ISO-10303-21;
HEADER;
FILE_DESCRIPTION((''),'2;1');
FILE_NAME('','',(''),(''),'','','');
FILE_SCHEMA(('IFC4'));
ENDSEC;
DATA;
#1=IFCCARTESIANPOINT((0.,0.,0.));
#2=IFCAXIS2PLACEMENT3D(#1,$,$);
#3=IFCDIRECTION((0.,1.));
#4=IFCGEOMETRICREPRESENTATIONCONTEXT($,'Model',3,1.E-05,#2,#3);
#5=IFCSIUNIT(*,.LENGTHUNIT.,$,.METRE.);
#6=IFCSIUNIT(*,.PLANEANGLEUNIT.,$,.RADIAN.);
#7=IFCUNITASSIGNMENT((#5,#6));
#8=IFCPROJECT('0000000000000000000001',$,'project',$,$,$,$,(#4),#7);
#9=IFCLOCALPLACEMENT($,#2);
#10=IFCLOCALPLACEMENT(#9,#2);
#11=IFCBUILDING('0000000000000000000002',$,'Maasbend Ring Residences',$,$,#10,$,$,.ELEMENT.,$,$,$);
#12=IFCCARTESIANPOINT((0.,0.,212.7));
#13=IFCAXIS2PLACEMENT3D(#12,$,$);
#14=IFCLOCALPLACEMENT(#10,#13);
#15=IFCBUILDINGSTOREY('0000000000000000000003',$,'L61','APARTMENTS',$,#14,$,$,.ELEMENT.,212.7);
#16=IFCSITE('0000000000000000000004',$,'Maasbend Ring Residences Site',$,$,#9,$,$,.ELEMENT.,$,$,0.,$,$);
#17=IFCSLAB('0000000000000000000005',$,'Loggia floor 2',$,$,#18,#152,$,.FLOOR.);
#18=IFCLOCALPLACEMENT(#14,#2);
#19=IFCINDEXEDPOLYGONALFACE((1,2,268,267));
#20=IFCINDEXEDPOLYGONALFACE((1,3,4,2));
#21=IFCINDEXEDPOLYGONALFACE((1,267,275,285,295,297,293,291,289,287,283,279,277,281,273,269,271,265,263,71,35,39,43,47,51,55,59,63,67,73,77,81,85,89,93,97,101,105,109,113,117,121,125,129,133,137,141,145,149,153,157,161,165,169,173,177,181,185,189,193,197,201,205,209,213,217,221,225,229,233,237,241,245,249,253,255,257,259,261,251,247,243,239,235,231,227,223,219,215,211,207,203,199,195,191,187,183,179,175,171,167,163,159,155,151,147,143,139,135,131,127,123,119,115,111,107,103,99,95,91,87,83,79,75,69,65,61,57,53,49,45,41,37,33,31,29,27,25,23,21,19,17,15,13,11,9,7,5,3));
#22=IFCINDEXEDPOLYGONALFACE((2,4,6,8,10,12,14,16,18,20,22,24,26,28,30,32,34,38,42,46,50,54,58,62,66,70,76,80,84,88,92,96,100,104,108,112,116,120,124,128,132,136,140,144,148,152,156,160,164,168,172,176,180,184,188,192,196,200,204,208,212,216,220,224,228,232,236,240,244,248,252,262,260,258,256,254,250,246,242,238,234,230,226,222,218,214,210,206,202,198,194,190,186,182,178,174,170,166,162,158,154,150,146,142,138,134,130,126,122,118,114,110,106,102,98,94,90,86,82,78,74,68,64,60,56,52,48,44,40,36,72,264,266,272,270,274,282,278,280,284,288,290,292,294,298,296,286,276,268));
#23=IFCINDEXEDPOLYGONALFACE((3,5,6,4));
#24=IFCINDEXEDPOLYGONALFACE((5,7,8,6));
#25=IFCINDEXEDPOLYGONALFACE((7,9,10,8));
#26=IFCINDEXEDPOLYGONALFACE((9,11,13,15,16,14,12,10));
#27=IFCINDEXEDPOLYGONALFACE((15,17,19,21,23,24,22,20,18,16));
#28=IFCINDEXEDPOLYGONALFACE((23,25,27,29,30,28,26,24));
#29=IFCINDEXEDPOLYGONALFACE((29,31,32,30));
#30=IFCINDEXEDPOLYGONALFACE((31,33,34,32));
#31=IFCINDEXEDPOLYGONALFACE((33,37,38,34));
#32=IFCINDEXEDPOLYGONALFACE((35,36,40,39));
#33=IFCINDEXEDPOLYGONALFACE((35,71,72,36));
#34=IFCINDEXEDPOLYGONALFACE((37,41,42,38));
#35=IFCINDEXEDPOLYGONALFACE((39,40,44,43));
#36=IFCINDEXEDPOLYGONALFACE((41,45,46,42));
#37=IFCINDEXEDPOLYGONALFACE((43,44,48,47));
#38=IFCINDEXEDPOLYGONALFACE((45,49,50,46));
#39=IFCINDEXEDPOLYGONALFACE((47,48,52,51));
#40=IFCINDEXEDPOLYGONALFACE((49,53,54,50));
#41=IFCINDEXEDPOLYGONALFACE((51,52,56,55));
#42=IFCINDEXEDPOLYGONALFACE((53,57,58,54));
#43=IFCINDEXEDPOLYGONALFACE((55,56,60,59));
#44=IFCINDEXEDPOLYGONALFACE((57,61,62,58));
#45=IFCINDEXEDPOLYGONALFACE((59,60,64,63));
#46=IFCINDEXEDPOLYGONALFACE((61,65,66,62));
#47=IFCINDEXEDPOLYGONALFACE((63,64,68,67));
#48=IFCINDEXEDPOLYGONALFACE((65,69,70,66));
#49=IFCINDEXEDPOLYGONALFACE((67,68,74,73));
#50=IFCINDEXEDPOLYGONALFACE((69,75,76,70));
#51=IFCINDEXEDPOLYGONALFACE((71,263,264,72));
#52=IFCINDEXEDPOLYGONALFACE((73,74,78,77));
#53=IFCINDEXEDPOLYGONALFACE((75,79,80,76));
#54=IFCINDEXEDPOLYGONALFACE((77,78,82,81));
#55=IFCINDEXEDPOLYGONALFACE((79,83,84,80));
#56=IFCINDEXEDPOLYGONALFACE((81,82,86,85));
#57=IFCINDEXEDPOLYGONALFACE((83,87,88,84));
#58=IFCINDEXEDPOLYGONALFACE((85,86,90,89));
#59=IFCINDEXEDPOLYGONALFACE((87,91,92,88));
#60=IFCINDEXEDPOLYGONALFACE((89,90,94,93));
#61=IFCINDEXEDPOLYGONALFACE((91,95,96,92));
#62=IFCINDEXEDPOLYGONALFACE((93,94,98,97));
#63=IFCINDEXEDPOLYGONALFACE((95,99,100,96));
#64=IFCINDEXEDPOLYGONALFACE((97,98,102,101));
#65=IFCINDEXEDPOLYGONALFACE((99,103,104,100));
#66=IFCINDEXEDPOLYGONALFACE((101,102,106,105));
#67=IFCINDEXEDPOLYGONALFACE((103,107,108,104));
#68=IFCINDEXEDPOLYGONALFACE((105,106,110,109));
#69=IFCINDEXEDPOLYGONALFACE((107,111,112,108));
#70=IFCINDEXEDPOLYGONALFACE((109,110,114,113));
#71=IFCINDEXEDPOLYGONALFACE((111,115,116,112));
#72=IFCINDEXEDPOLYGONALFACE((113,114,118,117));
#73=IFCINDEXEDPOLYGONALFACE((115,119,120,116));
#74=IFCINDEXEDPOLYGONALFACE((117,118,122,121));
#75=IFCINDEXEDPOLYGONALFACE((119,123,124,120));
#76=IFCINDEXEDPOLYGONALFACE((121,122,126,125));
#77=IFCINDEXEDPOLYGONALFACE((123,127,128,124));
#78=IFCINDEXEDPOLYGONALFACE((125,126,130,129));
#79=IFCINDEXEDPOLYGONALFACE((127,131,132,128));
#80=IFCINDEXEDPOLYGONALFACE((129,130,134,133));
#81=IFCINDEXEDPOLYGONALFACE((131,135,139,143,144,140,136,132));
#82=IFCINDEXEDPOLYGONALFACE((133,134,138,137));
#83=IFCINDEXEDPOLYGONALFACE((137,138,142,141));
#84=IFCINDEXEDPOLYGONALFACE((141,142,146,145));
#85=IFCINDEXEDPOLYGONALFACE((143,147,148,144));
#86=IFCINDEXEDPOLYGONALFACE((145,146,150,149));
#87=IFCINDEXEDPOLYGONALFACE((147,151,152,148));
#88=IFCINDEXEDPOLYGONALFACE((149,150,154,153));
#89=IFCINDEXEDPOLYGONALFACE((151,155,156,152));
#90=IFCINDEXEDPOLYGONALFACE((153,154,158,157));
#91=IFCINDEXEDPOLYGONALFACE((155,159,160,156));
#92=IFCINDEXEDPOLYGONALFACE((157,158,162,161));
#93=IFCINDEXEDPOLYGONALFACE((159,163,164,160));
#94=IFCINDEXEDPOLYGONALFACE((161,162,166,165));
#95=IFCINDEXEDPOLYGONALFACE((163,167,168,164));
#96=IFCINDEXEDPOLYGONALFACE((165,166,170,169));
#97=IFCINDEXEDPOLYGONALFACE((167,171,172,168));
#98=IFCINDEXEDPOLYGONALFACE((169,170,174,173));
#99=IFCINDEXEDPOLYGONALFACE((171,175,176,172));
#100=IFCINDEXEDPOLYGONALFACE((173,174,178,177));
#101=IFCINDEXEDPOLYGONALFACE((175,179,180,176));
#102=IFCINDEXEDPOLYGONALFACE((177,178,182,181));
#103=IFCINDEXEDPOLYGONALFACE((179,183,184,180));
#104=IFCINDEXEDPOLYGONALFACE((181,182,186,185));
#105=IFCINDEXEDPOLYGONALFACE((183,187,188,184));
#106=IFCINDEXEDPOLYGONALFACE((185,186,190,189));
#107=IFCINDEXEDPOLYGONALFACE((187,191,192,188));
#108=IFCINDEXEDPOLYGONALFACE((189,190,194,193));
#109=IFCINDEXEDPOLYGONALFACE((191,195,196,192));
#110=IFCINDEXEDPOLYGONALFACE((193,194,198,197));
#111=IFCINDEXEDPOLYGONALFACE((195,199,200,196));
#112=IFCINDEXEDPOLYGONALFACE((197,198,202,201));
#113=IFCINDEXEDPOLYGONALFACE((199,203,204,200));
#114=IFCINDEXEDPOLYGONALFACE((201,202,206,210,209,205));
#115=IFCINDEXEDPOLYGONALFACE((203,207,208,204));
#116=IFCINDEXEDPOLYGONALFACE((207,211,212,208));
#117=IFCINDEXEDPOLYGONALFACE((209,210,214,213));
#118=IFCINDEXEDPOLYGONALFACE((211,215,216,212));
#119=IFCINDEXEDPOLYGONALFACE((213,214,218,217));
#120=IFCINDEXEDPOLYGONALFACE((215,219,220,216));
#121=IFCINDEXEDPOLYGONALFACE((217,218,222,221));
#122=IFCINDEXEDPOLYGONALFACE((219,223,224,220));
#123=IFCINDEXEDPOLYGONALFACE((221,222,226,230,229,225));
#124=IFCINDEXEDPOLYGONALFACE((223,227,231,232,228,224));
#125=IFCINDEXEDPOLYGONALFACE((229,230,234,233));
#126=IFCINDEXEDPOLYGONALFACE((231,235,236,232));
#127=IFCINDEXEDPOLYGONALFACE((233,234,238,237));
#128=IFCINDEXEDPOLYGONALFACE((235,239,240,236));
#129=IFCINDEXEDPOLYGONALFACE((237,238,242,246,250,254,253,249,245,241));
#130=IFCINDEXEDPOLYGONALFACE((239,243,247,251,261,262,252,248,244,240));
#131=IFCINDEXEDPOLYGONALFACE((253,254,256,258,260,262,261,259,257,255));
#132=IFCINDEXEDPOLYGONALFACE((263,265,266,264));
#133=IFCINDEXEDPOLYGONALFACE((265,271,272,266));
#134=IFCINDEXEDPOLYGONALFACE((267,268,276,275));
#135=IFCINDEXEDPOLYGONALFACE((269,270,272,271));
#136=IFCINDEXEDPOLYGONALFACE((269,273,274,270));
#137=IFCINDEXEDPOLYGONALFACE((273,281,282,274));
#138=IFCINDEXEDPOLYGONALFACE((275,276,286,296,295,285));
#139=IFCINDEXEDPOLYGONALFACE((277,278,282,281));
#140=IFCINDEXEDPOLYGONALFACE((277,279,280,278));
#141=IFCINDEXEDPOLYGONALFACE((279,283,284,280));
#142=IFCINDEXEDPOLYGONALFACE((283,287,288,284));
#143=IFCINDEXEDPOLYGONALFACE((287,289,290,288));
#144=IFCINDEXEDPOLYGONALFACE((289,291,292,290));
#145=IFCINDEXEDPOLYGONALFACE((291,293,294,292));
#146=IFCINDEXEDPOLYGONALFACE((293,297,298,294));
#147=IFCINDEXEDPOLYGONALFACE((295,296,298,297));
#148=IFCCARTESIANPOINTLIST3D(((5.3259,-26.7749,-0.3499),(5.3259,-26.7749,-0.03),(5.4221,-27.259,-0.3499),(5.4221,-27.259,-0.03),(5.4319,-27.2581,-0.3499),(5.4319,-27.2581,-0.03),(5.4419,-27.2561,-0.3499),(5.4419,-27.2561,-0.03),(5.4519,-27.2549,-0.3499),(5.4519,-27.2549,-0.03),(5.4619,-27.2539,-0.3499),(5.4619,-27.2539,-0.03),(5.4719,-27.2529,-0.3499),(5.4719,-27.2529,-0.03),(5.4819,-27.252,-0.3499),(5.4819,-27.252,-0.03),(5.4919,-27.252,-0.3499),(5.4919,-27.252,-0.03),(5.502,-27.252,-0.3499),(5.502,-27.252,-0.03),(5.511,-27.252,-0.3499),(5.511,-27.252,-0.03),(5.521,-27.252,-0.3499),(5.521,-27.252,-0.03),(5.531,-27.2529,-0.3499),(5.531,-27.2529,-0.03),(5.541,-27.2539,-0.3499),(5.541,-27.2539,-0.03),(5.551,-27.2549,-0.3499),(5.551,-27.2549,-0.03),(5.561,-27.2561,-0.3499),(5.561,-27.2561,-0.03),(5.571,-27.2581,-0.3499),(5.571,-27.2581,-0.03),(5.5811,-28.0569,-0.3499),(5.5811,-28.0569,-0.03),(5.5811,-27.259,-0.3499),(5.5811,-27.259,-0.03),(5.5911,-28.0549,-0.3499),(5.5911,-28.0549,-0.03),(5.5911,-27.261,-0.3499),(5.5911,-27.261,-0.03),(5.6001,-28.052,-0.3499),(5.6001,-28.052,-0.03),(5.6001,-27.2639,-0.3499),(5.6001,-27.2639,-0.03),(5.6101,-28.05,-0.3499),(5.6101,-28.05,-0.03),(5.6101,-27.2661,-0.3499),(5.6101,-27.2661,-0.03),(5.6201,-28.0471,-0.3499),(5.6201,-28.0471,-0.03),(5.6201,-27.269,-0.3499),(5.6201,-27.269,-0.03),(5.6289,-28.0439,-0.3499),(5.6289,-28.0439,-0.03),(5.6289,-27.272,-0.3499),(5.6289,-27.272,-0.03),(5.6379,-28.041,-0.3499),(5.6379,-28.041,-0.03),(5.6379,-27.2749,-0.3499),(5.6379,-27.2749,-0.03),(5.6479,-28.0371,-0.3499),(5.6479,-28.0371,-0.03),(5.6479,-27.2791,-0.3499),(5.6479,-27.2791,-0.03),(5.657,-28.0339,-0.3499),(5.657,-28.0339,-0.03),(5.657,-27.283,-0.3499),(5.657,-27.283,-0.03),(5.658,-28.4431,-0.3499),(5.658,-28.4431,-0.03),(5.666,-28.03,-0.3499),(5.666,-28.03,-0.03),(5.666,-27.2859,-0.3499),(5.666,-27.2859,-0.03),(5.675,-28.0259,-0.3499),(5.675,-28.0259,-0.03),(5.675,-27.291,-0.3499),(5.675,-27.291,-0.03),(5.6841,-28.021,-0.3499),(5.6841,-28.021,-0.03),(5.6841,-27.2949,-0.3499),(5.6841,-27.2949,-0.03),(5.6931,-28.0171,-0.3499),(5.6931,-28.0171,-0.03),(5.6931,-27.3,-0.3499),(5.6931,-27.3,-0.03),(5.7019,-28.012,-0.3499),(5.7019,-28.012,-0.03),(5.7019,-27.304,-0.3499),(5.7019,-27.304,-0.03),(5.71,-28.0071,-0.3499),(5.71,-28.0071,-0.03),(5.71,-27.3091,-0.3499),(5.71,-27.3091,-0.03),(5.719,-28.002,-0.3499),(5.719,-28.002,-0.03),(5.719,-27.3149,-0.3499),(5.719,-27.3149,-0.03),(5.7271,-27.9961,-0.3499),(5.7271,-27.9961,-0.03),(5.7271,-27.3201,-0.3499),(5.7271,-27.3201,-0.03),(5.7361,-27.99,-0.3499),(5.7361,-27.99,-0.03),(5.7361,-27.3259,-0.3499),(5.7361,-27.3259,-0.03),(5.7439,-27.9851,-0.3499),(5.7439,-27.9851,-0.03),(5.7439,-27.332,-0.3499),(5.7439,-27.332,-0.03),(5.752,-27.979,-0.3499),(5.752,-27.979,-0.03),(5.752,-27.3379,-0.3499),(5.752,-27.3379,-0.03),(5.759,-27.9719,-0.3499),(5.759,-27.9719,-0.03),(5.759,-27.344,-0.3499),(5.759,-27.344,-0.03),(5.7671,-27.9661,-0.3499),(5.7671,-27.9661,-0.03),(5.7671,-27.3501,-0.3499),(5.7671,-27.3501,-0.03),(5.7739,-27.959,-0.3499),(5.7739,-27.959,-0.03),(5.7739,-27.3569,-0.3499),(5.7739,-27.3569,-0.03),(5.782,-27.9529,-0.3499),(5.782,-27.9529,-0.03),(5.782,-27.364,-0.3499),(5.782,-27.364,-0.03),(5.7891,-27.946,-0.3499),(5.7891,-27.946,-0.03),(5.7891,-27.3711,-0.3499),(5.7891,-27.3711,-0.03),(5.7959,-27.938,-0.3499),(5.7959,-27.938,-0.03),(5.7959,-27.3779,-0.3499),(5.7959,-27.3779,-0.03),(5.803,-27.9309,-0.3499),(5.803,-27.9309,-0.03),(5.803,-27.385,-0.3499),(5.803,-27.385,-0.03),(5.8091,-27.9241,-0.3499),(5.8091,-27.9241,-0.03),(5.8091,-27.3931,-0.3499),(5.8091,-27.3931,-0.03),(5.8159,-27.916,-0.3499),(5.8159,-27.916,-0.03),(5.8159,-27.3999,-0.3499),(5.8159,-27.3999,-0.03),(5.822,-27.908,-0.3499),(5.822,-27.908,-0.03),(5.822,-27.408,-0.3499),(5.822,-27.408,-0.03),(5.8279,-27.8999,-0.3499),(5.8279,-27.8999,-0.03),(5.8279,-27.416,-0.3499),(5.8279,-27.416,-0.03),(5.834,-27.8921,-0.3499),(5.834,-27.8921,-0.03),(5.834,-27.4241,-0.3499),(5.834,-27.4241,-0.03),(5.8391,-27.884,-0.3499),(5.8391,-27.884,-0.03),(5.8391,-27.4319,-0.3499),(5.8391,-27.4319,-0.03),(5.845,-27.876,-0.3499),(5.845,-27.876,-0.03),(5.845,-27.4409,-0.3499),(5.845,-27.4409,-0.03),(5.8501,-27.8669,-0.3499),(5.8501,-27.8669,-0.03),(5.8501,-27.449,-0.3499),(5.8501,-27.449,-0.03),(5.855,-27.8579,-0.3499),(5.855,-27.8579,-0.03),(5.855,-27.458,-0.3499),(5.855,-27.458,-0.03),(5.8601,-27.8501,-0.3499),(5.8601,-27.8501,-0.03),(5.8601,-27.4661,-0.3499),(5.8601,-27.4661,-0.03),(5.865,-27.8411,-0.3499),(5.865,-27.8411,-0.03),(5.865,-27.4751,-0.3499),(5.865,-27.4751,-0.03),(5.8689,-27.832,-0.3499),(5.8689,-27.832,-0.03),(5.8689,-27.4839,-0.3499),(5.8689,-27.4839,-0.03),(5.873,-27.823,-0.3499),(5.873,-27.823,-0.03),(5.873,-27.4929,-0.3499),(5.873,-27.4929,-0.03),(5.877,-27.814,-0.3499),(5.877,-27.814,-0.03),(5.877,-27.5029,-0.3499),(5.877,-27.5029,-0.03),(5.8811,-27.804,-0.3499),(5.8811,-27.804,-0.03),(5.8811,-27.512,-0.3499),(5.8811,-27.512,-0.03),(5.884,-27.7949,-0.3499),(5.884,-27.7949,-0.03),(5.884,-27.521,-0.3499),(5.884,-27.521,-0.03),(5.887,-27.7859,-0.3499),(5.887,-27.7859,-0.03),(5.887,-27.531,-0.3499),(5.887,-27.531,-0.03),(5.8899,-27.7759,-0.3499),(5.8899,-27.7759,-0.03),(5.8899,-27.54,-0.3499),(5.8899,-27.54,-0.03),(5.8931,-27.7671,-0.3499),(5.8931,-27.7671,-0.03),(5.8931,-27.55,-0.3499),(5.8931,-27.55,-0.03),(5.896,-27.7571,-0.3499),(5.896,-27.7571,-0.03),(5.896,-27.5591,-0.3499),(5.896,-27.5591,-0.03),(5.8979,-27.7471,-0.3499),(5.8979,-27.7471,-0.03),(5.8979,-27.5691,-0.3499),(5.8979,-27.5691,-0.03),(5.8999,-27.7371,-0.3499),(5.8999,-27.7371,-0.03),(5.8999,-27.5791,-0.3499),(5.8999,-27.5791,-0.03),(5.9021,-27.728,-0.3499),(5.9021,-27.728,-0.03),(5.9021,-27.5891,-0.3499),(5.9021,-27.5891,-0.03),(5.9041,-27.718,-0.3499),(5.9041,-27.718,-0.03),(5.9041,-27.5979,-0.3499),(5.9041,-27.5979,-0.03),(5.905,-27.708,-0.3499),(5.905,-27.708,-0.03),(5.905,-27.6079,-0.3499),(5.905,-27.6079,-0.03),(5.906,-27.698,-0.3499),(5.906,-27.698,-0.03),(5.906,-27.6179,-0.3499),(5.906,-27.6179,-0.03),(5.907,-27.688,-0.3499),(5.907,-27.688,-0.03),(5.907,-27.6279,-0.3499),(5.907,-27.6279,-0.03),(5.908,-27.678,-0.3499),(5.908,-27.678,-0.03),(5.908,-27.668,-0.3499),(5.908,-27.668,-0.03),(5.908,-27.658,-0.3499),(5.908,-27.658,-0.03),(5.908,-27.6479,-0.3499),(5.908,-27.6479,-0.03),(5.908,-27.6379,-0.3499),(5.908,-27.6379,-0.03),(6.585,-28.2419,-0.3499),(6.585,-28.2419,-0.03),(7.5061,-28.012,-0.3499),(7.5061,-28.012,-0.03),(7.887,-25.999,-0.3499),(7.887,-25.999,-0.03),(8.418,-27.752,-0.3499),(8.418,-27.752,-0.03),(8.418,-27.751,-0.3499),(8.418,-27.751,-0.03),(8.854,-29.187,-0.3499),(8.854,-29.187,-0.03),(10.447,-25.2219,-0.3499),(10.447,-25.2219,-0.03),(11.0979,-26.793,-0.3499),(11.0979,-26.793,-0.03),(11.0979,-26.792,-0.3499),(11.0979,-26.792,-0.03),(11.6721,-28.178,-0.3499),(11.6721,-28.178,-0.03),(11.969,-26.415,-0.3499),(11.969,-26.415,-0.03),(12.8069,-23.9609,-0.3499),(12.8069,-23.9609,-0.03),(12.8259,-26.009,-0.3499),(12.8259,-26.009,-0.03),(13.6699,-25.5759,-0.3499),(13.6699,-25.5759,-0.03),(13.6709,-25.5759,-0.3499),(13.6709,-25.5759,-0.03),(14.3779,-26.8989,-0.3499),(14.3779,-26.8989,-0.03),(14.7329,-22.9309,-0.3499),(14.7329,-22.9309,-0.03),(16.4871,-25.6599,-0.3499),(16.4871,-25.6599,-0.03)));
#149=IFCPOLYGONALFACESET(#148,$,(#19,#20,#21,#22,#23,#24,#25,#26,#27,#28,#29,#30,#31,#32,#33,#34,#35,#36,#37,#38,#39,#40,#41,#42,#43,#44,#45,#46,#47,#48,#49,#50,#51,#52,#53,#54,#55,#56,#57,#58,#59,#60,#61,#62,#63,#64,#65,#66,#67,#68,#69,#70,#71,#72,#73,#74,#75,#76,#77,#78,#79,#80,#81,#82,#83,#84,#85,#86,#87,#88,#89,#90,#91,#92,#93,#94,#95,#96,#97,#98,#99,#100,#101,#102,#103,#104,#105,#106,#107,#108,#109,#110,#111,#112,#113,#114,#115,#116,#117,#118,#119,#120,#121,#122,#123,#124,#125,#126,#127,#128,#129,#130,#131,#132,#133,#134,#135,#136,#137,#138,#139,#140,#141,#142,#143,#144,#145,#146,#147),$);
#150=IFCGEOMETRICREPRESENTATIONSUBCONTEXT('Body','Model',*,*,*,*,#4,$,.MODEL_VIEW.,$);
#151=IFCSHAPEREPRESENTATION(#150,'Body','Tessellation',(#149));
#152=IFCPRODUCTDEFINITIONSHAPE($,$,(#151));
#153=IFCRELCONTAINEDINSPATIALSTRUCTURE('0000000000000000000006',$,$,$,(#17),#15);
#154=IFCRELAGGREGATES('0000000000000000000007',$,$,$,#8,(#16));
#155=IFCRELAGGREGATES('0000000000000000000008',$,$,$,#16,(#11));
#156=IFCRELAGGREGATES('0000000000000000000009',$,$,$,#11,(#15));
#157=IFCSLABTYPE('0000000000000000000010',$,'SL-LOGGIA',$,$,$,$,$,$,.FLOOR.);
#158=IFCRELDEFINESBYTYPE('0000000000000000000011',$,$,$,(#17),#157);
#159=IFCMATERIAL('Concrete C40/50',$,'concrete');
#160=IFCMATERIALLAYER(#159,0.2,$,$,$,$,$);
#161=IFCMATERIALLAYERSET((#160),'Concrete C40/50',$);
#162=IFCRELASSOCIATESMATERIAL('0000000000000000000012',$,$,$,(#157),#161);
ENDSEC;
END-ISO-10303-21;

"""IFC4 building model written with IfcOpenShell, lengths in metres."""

from ifc_helpers import new_model, si_unit, direction, frame, origin, place, context, subcontext, project, spatial, polyline, outline, extrude, material, layer, layer_set, type_object, element, save


model = new_model("IFC4")

# Units and contexts
model_context = context("Model", 3, precision=1e-05, world=origin(), true_north=direction((0.0, 1.0)))
body_context = subcontext(model_context, "Body", "Model", "MODEL_VIEW")
ifc_project = project(units=[si_unit("LENGTHUNIT", "METRE"), si_unit("PLANEANGLEUNIT", "RADIAN")], contexts=[model_context])

# Site, building, storey
site_placement = place(None, origin())
site = spatial("IfcSite", under=ifc_project, at=site_placement, Name="Maasbend Ring Residences Site", CompositionType="ELEMENT", RefElevation=0.0)
building_placement = place(site_placement, origin())
building = spatial("IfcBuilding", under=site, at=building_placement, Name="Maasbend Ring Residences", CompositionType="ELEMENT")
storey_placement = place(building_placement, frame((0.0, 0.0, 212.7)))
storey = spatial("IfcBuildingStorey", under=building, at=storey_placement, Name="L61", Description="APARTMENTS", CompositionType="ELEMENT", Elevation=212.7)

# Slab
ifc_material_1 = material(Name="Concrete C40/50", Category="concrete")
ifc_layer_1 = layer(ifc_material_1, 0.2)
ifc_layer_set_1 = layer_set([ifc_layer_1], Name="Concrete C40/50")
slab_type = type_object("IfcSlabType", Name="SL-LOGGIA", PredefinedType="FLOOR", material=ifc_layer_set_1)
slab_1_placement = place(storey_placement, frame((0.0, 0.0, -0.3499)))
element("IfcSlab", 1, at=slab_1_placement, inside=storey, type_object=slab_type, Name="Loggia floor 2", PredefinedType="FLOOR", context=body_context, shape_type="SweptSolid", body=[
    extrude(outline(polyline([(10.447, -25.2219), (12.8069, -23.9609), (14.7329, -22.9309), (14.7329, -22.9309), (14.7329, -22.9309), (16.4871, -25.6599), (16.4871, -25.6599), (16.4871, -25.6599), (14.3779, -26.8989), (14.3779, -26.8989), (14.3779, -26.8989), (13.6709, -25.5759), (13.6709, -25.5759), (13.6709, -25.5759), (13.6709, -25.5759), (13.6709, -25.5759), (13.6709, -25.5759), (13.6709, -25.5759), (13.6699, -25.5759), (13.6699, -25.5759), (13.6699, -25.5759), (13.6699, -25.5759), (13.6699, -25.5759), (13.6699, -25.5759), (13.6699, -25.5759), (13.6699, -25.5759), (13.6699, -25.5759), (13.6699, -25.5759), (12.8259, -26.009), (12.8259, -26.009), (11.969, -26.415), (11.969, -26.415), (11.0979, -26.792), (11.0979, -26.792), (11.0979, -26.792), (11.0979, -26.792), (11.0979, -26.792), (11.0979, -26.792), (11.0979, -26.792), (11.0979, -26.793), (11.0979, -26.793), (11.0979, -26.793), (11.0979, -26.793), (11.0979, -26.793), (11.0979, -26.793), (11.0979, -26.793), (11.0979, -26.793), (11.0979, -26.793), (11.0979, -26.793), (11.6721, -28.178), (11.6721, -28.178), (11.6721, -28.178), (8.854, -29.187), (8.854, -29.187), (8.854, -29.187), (8.418, -27.752), (8.418, -27.752), (8.418, -27.752), (8.418, -27.752), (8.418, -27.752), (8.418, -27.752), (8.418, -27.752), (8.418, -27.751), (8.418, -27.751), (8.418, -27.751), (8.418, -27.751), (8.418, -27.751), (8.418, -27.751), (8.418, -27.751), (8.418, -27.751), (8.418, -27.751), (8.418, -27.751), (7.5061, -28.012), (7.5061, -28.012), (6.585, -28.2419), (6.585, -28.2419), (5.658, -28.4431), (5.658, -28.4431), (5.658, -28.4431), (5.5811, -28.0569), (5.5911, -28.0549), (5.6001, -28.052), (5.6101, -28.05), (5.6201, -28.0471), (5.6289, -28.0439), (5.6379, -28.041), (5.6479, -28.0371), (5.657, -28.0339), (5.666, -28.03), (5.675, -28.0259), (5.6841, -28.021), (5.6931, -28.0171), (5.7019, -28.012), (5.71, -28.0071), (5.719, -28.002), (5.7271, -27.9961), (5.7361, -27.99), (5.7439, -27.9851), (5.752, -27.979), (5.759, -27.9719), (5.7671, -27.9661), (5.7739, -27.959), (5.782, -27.9529), (5.7891, -27.946), (5.7959, -27.938), (5.803, -27.9309), (5.8091, -27.9241), (5.8159, -27.916), (5.822, -27.908), (5.8279, -27.8999), (5.834, -27.8921), (5.8391, -27.884), (5.845, -27.876), (5.8501, -27.8669), (5.855, -27.8579), (5.8601, -27.8501), (5.865, -27.8411), (5.8689, -27.832), (5.873, -27.823), (5.877, -27.814), (5.8811, -27.804), (5.884, -27.7949), (5.887, -27.7859), (5.8899, -27.7759), (5.8931, -27.7671), (5.896, -27.7571), (5.8979, -27.7471), (5.8999, -27.7371), (5.9021, -27.728), (5.9041, -27.718), (5.905, -27.708), (5.906, -27.698), (5.907, -27.688), (5.908, -27.678), (5.908, -27.668), (5.908, -27.658), (5.908, -27.6479), (5.908, -27.6379), (5.907, -27.6279), (5.906, -27.6179), (5.905, -27.6079), (5.9041, -27.5979), (5.9021, -27.5891), (5.8999, -27.5791), (5.8979, -27.5691), (5.896, -27.5591), (5.8931, -27.55), (5.8899, -27.54), (5.887, -27.531), (5.884, -27.521), (5.8811, -27.512), (5.877, -27.5029), (5.873, -27.4929), (5.8689, -27.4839), (5.865, -27.4751), (5.8601, -27.4661), (5.855, -27.458), (5.8501, -27.449), (5.845, -27.4409), (5.8391, -27.4319), (5.834, -27.4241), (5.8279, -27.416), (5.822, -27.408), (5.8159, -27.3999), (5.8091, -27.3931), (5.803, -27.385), (5.7959, -27.3779), (5.7891, -27.3711), (5.782, -27.364), (5.7739, -27.3569), (5.7671, -27.3501), (5.759, -27.344), (5.752, -27.3379), (5.7439, -27.332), (5.7361, -27.3259), (5.7271, -27.3201), (5.719, -27.3149), (5.71, -27.3091), (5.7019, -27.304), (5.6931, -27.3), (5.6841, -27.2949), (5.675, -27.291), (5.666, -27.2859), (5.657, -27.283), (5.6479, -27.2791), (5.6379, -27.2749), (5.6289, -27.272), (5.6201, -27.269), (5.6101, -27.2661), (5.6001, -27.2639), (5.5911, -27.261), (5.5811, -27.259), (5.571, -27.2581), (5.561, -27.2561), (5.551, -27.2549), (5.541, -27.2539), (5.531, -27.2529), (5.521, -27.252), (5.511, -27.252), (5.502, -27.252), (5.4919, -27.252), (5.4819, -27.252), (5.4719, -27.2529), (5.4619, -27.2539), (5.4519, -27.2549), (5.4419, -27.2561), (5.4319, -27.2581), (5.4221, -27.259), (5.3259, -26.7749), (5.3259, -26.7749), (5.3259, -26.7749), (7.887, -25.999), (10.447, -25.2219), (10.447, -25.2219), (10.447, -25.2219)])), origin(), (0.0, 0.0, 1.0), 0.3198),
])

save(model, "model.ifc")
